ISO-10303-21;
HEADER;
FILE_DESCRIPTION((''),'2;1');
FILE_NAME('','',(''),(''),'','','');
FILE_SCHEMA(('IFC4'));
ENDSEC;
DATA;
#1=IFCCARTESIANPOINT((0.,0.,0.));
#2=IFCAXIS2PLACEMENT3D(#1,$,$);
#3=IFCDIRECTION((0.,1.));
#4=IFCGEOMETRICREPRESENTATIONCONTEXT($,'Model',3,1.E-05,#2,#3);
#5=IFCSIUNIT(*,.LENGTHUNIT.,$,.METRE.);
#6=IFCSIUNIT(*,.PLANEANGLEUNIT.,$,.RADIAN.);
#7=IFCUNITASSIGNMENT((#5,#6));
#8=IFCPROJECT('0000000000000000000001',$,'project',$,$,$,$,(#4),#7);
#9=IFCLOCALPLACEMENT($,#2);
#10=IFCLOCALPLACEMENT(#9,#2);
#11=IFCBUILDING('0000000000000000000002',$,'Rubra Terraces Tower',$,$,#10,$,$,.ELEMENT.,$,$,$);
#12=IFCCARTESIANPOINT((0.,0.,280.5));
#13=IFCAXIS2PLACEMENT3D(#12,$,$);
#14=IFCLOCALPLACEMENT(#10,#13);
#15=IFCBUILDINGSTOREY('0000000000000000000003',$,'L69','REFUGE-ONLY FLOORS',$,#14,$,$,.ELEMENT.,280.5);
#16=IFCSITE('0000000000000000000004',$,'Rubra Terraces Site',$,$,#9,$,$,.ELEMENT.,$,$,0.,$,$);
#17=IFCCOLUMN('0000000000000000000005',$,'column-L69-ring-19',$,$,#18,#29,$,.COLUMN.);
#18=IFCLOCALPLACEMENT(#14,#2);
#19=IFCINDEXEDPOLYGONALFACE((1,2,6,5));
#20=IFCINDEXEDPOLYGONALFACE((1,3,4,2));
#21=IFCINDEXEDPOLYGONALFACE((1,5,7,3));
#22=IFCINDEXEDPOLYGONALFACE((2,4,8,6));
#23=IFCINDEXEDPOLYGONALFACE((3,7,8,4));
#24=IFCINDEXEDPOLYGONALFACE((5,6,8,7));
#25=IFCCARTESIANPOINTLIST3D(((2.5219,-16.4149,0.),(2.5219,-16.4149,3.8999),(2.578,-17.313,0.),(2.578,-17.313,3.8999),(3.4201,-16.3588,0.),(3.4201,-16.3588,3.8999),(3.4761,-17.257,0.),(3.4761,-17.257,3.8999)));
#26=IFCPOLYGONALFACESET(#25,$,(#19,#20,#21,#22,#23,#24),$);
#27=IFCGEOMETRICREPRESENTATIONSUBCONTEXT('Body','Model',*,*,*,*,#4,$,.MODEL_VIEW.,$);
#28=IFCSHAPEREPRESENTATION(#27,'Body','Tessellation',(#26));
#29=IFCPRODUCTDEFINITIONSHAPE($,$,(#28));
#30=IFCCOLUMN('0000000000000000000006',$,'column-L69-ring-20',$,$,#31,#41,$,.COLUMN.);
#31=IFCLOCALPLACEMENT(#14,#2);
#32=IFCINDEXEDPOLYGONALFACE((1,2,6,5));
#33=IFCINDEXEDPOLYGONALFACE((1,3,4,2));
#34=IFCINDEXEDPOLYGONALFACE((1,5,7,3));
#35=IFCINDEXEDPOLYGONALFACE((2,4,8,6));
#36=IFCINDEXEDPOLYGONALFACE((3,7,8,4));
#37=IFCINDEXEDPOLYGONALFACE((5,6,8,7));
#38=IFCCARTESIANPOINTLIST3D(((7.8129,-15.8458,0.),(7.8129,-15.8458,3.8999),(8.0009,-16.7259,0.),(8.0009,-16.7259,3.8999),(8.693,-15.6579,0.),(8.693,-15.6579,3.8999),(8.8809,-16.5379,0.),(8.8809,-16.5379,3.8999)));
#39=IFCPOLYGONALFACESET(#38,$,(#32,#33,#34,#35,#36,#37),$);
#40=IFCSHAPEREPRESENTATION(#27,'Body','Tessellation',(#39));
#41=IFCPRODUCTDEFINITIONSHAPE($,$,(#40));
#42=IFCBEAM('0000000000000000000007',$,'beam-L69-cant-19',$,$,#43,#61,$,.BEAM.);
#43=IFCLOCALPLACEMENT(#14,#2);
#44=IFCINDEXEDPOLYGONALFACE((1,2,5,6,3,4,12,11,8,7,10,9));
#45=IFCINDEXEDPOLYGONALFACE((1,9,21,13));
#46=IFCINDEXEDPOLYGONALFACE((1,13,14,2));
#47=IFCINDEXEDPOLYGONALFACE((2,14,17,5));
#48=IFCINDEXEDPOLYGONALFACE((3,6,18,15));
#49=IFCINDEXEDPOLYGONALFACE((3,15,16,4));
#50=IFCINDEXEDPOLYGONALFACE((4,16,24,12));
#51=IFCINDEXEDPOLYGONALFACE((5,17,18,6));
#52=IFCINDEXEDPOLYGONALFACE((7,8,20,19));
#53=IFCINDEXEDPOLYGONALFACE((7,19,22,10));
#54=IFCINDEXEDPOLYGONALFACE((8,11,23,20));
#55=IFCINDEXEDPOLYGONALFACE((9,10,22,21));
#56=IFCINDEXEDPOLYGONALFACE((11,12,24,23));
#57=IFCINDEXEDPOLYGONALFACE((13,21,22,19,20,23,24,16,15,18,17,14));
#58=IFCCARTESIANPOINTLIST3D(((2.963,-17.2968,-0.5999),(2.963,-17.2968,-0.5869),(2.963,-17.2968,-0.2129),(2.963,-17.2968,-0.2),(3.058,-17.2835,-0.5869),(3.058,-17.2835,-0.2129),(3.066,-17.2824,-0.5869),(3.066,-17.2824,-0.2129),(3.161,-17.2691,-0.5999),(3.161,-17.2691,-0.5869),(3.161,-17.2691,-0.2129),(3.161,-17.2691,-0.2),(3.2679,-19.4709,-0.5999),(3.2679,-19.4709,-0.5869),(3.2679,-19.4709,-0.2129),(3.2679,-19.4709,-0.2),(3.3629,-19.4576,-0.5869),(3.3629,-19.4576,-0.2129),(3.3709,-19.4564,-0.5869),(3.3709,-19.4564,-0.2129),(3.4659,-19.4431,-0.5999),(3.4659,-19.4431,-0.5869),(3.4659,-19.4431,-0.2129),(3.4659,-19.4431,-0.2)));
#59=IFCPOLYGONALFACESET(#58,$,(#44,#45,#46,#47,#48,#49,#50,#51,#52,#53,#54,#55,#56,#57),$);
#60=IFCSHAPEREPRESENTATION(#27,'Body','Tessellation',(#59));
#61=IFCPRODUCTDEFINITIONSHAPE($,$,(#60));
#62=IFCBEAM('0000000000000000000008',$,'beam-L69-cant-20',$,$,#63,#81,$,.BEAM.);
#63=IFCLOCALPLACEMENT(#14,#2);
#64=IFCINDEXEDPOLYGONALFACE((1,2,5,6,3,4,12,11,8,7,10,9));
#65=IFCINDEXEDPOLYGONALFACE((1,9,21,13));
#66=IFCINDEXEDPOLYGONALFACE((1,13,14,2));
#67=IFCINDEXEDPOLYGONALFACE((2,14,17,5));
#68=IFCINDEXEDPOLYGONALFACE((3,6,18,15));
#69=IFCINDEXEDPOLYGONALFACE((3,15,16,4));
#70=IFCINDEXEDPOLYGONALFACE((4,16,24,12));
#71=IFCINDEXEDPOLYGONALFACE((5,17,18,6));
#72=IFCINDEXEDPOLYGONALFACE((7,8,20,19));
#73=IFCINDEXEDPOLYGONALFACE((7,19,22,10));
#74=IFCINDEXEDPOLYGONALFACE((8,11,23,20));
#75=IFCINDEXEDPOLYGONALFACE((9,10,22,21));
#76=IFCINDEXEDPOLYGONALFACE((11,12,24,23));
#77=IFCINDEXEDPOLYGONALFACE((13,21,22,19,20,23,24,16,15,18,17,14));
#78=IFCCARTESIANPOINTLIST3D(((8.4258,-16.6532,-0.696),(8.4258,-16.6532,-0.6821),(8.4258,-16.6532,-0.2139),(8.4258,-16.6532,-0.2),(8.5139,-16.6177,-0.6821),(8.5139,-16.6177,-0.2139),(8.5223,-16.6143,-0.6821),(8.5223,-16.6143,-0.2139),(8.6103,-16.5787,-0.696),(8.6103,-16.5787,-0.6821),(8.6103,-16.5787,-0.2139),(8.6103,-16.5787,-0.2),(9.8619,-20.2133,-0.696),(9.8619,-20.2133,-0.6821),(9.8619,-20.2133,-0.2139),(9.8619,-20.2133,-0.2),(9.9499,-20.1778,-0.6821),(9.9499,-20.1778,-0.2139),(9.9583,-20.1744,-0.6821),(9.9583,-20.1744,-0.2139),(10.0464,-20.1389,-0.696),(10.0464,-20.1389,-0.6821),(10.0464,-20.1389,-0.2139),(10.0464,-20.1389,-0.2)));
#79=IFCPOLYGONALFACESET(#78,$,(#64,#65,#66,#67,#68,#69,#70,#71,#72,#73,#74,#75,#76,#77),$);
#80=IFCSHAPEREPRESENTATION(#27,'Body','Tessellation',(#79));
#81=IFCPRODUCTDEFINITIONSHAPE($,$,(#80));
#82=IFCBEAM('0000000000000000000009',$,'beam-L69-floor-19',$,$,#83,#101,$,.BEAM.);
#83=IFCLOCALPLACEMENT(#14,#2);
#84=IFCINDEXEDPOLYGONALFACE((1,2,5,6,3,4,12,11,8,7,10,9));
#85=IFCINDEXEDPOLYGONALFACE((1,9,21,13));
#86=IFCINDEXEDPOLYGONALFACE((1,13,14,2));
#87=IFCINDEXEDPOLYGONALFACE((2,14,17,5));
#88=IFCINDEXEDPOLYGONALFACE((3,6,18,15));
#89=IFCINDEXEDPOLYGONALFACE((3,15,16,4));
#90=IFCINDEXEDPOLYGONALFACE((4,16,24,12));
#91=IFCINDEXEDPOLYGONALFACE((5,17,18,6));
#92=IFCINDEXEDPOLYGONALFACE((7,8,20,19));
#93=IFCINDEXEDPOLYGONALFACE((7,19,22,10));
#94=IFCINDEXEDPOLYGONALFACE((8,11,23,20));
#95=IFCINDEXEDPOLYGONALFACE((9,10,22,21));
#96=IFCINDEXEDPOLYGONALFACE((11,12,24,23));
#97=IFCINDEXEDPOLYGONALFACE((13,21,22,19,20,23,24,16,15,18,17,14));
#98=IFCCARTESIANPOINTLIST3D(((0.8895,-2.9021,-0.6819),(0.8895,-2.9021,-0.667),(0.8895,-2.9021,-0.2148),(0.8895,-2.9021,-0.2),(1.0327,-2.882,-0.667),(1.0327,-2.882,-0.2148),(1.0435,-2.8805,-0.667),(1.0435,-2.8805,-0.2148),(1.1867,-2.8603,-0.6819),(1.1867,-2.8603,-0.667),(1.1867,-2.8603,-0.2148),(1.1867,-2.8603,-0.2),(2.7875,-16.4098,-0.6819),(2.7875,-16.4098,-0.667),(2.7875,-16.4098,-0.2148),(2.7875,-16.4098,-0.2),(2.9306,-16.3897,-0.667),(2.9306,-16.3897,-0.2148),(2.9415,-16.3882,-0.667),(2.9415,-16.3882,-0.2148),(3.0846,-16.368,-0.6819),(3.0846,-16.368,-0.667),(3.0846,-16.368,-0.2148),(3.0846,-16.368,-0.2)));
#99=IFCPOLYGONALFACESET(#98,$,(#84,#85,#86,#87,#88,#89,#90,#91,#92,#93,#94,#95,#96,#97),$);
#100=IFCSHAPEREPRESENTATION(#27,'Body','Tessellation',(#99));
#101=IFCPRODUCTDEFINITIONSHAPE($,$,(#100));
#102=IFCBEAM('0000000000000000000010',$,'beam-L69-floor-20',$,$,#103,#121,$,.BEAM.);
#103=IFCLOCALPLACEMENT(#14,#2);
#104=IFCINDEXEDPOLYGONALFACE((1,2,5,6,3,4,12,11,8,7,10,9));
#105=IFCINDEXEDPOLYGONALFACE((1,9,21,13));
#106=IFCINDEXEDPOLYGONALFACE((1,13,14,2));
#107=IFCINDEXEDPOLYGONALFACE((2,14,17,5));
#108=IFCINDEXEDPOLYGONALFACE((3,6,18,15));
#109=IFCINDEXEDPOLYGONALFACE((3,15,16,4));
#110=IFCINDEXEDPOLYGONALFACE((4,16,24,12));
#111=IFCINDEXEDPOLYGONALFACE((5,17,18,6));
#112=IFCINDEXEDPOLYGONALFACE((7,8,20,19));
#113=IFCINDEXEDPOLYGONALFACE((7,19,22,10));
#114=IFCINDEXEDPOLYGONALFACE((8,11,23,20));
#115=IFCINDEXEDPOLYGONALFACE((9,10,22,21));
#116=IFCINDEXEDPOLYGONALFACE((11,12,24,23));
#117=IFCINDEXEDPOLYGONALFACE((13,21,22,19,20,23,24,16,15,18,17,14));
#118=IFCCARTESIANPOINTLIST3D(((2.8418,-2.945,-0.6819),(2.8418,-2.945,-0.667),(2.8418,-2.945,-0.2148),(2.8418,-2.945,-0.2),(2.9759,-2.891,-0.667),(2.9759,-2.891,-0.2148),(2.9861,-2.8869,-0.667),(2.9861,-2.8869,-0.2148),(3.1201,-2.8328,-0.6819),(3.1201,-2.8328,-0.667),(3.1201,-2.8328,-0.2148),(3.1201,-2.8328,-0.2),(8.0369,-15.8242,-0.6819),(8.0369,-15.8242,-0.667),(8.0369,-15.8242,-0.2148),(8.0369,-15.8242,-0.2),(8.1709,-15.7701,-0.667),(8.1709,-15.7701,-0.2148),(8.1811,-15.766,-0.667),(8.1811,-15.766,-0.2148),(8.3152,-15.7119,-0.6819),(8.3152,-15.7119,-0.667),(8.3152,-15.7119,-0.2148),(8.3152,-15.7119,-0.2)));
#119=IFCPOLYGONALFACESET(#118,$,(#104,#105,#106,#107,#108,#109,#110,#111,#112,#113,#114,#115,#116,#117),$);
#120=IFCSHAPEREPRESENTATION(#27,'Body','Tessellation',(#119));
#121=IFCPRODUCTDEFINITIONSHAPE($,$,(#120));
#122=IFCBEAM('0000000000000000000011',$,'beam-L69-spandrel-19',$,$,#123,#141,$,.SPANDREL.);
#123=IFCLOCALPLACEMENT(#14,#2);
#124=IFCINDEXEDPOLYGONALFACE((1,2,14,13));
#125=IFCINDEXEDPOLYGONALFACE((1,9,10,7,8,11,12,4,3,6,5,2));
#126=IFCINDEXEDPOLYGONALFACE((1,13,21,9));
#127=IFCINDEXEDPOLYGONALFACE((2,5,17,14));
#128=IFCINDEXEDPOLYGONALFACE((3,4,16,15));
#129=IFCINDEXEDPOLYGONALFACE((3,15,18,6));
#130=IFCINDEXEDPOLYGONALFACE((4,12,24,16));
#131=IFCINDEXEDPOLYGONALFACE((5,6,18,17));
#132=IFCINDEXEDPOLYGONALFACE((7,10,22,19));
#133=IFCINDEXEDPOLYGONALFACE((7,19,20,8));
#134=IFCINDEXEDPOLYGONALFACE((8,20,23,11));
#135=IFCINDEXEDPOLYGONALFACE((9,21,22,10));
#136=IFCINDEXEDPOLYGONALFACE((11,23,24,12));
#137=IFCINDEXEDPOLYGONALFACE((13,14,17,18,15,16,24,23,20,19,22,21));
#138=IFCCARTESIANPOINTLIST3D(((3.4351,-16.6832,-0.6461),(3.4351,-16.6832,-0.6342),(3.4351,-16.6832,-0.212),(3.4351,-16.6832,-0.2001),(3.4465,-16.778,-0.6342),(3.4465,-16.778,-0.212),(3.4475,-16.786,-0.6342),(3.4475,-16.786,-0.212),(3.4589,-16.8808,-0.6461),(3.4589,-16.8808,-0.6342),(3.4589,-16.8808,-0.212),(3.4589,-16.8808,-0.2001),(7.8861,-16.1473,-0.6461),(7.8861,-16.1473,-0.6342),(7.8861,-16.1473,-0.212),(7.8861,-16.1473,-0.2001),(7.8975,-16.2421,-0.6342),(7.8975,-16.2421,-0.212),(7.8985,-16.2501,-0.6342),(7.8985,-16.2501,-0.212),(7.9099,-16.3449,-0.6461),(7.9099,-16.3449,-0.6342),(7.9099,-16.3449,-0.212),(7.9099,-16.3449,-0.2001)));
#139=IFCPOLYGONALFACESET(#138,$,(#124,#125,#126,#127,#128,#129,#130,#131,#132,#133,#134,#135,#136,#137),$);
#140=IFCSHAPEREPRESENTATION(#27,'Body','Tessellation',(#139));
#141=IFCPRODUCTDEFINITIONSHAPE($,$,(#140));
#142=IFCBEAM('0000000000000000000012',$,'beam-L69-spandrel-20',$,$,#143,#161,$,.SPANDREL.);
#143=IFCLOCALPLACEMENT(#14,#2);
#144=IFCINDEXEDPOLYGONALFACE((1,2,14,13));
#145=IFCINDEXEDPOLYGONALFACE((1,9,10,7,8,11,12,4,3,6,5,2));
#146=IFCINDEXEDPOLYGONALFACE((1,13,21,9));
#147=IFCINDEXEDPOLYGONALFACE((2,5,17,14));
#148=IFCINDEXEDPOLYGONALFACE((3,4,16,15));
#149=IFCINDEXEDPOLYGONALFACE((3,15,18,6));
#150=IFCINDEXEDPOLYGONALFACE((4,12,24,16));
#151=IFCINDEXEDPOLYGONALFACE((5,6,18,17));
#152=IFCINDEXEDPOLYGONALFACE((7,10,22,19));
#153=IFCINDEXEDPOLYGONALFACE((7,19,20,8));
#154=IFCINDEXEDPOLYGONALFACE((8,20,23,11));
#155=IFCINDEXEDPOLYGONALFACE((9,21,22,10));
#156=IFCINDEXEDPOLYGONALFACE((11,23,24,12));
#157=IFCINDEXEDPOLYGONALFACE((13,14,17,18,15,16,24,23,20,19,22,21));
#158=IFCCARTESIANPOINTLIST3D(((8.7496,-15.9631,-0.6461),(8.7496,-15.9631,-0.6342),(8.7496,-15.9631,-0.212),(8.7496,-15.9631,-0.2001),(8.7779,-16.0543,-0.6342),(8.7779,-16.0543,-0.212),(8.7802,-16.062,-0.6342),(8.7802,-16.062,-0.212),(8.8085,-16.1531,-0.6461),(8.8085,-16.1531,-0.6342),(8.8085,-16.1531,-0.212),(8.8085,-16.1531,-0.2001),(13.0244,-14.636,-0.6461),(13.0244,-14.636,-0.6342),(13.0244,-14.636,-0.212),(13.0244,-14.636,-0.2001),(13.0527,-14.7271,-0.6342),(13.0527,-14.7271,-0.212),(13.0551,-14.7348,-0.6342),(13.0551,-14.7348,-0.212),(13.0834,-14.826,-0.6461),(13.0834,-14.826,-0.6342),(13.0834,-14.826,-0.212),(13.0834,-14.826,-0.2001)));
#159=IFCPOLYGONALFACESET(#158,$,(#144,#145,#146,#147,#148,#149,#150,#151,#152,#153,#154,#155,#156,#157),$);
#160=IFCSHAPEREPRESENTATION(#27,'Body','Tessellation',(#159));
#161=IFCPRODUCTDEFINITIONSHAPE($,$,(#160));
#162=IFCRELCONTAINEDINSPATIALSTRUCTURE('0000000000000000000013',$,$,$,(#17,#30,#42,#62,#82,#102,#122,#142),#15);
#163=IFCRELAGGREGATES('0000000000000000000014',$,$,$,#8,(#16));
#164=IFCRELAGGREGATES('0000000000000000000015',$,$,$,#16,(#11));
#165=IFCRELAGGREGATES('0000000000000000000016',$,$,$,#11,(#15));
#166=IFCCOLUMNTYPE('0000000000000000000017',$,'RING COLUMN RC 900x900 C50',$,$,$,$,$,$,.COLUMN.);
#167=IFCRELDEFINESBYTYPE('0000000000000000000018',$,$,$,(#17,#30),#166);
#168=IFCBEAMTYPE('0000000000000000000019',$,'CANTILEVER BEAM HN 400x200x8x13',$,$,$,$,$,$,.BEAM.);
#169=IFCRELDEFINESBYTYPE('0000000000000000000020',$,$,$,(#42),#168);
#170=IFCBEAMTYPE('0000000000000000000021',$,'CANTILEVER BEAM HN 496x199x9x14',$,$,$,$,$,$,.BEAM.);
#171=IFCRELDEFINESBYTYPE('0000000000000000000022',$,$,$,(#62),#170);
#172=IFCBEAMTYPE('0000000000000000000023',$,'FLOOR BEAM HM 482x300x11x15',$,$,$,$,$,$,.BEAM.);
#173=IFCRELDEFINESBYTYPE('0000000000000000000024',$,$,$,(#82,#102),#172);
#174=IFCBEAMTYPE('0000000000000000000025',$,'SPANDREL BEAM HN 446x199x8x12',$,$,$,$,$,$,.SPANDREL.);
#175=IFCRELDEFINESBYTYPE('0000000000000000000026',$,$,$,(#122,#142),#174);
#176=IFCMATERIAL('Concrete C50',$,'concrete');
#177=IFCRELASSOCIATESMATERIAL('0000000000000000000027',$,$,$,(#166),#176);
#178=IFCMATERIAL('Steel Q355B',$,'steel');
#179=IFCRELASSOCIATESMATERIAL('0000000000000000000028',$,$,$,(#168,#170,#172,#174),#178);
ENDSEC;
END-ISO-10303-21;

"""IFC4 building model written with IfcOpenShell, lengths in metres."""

from ifc_helpers import new_model, si_unit, direction, frame, origin, origin_2d, place, context, subcontext, project, spatial, rectangle, i_section, extrude, material, material_profile, profile_set, type_object, element, save


model = new_model("IFC4")

# Units and contexts
model_context = context("Model", 3, precision=1e-05, world=origin(), true_north=direction((0.0, 1.0)))
body_context = subcontext(model_context, "Body", "Model", "MODEL_VIEW")
ifc_project = project(units=[si_unit("LENGTHUNIT", "METRE"), si_unit("PLANEANGLEUNIT", "RADIAN")], contexts=[model_context])

# Site, building, storey
site_placement = place(None, origin())
site = spatial("IfcSite", under=ifc_project, at=site_placement, Name="Rubra Terraces Site", CompositionType="ELEMENT", RefElevation=0.0)
building_placement = place(site_placement, origin())
building = spatial("IfcBuilding", under=site, at=building_placement, Name="Rubra Terraces Tower", CompositionType="ELEMENT")
storey_placement = place(building_placement, frame((0.0, 0.0, 280.5)))
storey = spatial("IfcBuildingStorey", under=building, at=storey_placement, Name="L69", Description="REFUGE-ONLY FLOORS", CompositionType="ELEMENT", Elevation=280.5)

# Columns
ifc_material_1 = material(Name="Concrete C50", Category="concrete")
ifc_material_profile_1 = material_profile(ifc_material_1, rectangle(XDim=0.8999, YDim=0.8999, at=origin_2d()), Name="RC 900x900")
ifc_profile_set_1 = profile_set([ifc_material_profile_1], Name="Concrete C50")
column_type = type_object("IfcColumnType", Name="RING COLUMN RC 900x900 C50", PredefinedType="COLUMN", material=ifc_profile_set_1)
for number, where, z_axis, x_axis, name in (
    (1, (2.999, -16.8359, 0.0), (0.0, 0.0, 1.0), (0.998059, 0.062268, 0.0), "column-L69-ring-19"),
    (2, (8.3469, -16.1919, 0.0), (0.0, 0.0, 1.0), (0.977944, 0.208867, 0.0), "column-L69-ring-20"),
):
    element("IfcColumn", number, at=place(storey_placement, frame(where, z_axis=z_axis, x_axis=x_axis)), inside=storey, type_object=column_type, Name=name, PredefinedType="COLUMN", context=body_context, shape_type="SweptSolid", body=[
        extrude(rectangle(XDim=0.8999, YDim=0.8999, at=origin_2d()), origin(), (0.0, 0.0, 1.0), 3.8999),
    ])

# Beams
ifc_material_2 = material(Name="Steel Q355B", Category="steel")
ifc_material_profile_2 = material_profile(ifc_material_2, i_section(OverallWidth=0.2, OverallDepth=0.3999, WebThickness=0.0081, FlangeThickness=0.0129, at=origin_2d()), Name="HN 400x200x8x13")
ifc_profile_set_2 = profile_set([ifc_material_profile_2], Name="Steel Q355B")
beam_type_1 = type_object("IfcBeamType", Name="CANTILEVER BEAM HN 400x200x8x13", PredefinedType="BEAM", material=ifc_profile_set_2)
beam_1_placement = place(storey_placement, frame((3.062, -17.283, -0.3999), z_axis=(0.138899, -0.990307, 0.0), x_axis=(0.990307, 0.138899, 0.0)))
element("IfcBeam", 3, at=beam_1_placement, inside=storey, type_object=beam_type_1, Name="beam-L69-cant-19", PredefinedType="BEAM", context=body_context, shape_type="SweptSolid", body=[
    extrude(i_section(OverallWidth=0.2, OverallDepth=0.3999, WebThickness=0.0081, FlangeThickness=0.0129, at=origin_2d()), origin(), (0.0, 0.0, 1.0), 2.1953),
])
ifc_material_profile_3 = material_profile(ifc_material_2, i_section(OverallWidth=0.199, OverallDepth=0.4961, WebThickness=0.009, FlangeThickness=0.0139, at=origin_2d()), Name="HN 496x199x9x14")
ifc_profile_set_3 = profile_set([ifc_material_profile_3], Name="Steel Q355B")
beam_type_2 = type_object("IfcBeamType", Name="CANTILEVER BEAM HN 496x199x9x14", PredefinedType="BEAM", material=ifc_profile_set_3)
beam_2_placement = place(storey_placement, frame((8.5181, -16.616, -0.448), z_axis=(0.374087, -0.927394, 0.0), x_axis=(0.927394, 0.374087, 0.0)))
element("IfcBeam", 4, at=beam_2_placement, inside=storey, type_object=beam_type_2, Name="beam-L69-cant-20", PredefinedType="BEAM", context=body_context, shape_type="SweptSolid", body=[
    extrude(i_section(OverallWidth=0.199, OverallDepth=0.4961, WebThickness=0.009, FlangeThickness=0.0139, at=origin_2d()), origin(), (0.0, 0.0, 1.0), 3.8389),
])
ifc_material_profile_4 = material_profile(ifc_material_2, i_section(OverallWidth=0.3, OverallDepth=0.4819, WebThickness=0.011, FlangeThickness=0.0149, at=origin_2d()), Name="HM 482x300x11x15")
ifc_profile_set_4 = profile_set([ifc_material_profile_4], Name="Steel Q355B")
beam_type_3 = type_object("IfcBeamType", Name="FLOOR BEAM HM 482x300x11x15", PredefinedType="BEAM", material=ifc_profile_set_4)
beam_3_placement = place(storey_placement, frame((2.936, -16.3889, -0.4409), z_axis=(-0.139141, 0.990273, 0.0), x_axis=(-0.990273, -0.139141, 0.0)))
element("IfcBeam", 5, at=beam_3_placement, inside=storey, type_object=beam_type_3, Name="beam-L69-floor-19", PredefinedType="BEAM", context=body_context, shape_type="SweptSolid", body=[
    extrude(i_section(OverallWidth=0.3, OverallDepth=0.4819, WebThickness=0.011, FlangeThickness=0.0149, at=origin_2d()), origin(), (0.0, 0.0, 1.0), 13.6404),
])
beam_4_placement = place(storey_placement, frame((8.176, -15.7681, -0.4409), z_axis=(-0.374084, 0.927395, 0.0), x_axis=(-0.927395, -0.374084, 0.0)))
element("IfcBeam", 6, at=beam_4_placement, inside=storey, type_object=beam_type_3, Name="beam-L69-floor-20", PredefinedType="BEAM", context=body_context, shape_type="SweptSolid", body=[
    extrude(i_section(OverallWidth=0.3, OverallDepth=0.4819, WebThickness=0.011, FlangeThickness=0.0149, at=origin_2d()), origin(), (0.0, 0.0, 1.0), 13.8875),
])
ifc_material_profile_5 = material_profile(ifc_material_2, i_section(OverallWidth=0.199, OverallDepth=0.446, WebThickness=0.0081, FlangeThickness=0.012, at=origin_2d()), Name="HN 446x199x8x12")
ifc_profile_set_5 = profile_set([ifc_material_profile_5], Name="Steel Q355B")
beam_type_4 = type_object("IfcBeamType", Name="SPANDREL BEAM HN 446x199x8x12", PredefinedType="SPANDREL", material=ifc_profile_set_5)
beam_5_placement = place(storey_placement, frame((3.447, -16.782, -0.4231), z_axis=(0.99283, 0.119536, 0.0), x_axis=(-0.119536, 0.99283, 0.0)))
element("IfcBeam", 7, at=beam_5_placement, inside=storey, type_object=beam_type_4, Name="beam-L69-spandrel-19", PredefinedType="SPANDREL", context=body_context, shape_type="SweptSolid", body=[
    extrude(i_section(OverallWidth=0.199, OverallDepth=0.446, WebThickness=0.0081, FlangeThickness=0.012, at=origin_2d()), origin(), (0.0, 0.0, 1.0), 4.4832),
])
beam_6_placement = place(storey_placement, frame((8.7791, -16.0581, -0.4231), z_axis=(0.955035, 0.296492, 0.0), x_axis=(-0.296492, 0.955035, 0.0)))
element("IfcBeam", 8, at=beam_6_placement, inside=storey, type_object=beam_type_4, Name="beam-L69-spandrel-20", PredefinedType="SPANDREL", context=body_context, shape_type="SweptSolid", body=[
    extrude(i_section(OverallWidth=0.199, OverallDepth=0.446, WebThickness=0.0081, FlangeThickness=0.012, at=origin_2d()), origin(), (0.0, 0.0, 1.0), 4.4761),
])

save(model, "model.ifc")
